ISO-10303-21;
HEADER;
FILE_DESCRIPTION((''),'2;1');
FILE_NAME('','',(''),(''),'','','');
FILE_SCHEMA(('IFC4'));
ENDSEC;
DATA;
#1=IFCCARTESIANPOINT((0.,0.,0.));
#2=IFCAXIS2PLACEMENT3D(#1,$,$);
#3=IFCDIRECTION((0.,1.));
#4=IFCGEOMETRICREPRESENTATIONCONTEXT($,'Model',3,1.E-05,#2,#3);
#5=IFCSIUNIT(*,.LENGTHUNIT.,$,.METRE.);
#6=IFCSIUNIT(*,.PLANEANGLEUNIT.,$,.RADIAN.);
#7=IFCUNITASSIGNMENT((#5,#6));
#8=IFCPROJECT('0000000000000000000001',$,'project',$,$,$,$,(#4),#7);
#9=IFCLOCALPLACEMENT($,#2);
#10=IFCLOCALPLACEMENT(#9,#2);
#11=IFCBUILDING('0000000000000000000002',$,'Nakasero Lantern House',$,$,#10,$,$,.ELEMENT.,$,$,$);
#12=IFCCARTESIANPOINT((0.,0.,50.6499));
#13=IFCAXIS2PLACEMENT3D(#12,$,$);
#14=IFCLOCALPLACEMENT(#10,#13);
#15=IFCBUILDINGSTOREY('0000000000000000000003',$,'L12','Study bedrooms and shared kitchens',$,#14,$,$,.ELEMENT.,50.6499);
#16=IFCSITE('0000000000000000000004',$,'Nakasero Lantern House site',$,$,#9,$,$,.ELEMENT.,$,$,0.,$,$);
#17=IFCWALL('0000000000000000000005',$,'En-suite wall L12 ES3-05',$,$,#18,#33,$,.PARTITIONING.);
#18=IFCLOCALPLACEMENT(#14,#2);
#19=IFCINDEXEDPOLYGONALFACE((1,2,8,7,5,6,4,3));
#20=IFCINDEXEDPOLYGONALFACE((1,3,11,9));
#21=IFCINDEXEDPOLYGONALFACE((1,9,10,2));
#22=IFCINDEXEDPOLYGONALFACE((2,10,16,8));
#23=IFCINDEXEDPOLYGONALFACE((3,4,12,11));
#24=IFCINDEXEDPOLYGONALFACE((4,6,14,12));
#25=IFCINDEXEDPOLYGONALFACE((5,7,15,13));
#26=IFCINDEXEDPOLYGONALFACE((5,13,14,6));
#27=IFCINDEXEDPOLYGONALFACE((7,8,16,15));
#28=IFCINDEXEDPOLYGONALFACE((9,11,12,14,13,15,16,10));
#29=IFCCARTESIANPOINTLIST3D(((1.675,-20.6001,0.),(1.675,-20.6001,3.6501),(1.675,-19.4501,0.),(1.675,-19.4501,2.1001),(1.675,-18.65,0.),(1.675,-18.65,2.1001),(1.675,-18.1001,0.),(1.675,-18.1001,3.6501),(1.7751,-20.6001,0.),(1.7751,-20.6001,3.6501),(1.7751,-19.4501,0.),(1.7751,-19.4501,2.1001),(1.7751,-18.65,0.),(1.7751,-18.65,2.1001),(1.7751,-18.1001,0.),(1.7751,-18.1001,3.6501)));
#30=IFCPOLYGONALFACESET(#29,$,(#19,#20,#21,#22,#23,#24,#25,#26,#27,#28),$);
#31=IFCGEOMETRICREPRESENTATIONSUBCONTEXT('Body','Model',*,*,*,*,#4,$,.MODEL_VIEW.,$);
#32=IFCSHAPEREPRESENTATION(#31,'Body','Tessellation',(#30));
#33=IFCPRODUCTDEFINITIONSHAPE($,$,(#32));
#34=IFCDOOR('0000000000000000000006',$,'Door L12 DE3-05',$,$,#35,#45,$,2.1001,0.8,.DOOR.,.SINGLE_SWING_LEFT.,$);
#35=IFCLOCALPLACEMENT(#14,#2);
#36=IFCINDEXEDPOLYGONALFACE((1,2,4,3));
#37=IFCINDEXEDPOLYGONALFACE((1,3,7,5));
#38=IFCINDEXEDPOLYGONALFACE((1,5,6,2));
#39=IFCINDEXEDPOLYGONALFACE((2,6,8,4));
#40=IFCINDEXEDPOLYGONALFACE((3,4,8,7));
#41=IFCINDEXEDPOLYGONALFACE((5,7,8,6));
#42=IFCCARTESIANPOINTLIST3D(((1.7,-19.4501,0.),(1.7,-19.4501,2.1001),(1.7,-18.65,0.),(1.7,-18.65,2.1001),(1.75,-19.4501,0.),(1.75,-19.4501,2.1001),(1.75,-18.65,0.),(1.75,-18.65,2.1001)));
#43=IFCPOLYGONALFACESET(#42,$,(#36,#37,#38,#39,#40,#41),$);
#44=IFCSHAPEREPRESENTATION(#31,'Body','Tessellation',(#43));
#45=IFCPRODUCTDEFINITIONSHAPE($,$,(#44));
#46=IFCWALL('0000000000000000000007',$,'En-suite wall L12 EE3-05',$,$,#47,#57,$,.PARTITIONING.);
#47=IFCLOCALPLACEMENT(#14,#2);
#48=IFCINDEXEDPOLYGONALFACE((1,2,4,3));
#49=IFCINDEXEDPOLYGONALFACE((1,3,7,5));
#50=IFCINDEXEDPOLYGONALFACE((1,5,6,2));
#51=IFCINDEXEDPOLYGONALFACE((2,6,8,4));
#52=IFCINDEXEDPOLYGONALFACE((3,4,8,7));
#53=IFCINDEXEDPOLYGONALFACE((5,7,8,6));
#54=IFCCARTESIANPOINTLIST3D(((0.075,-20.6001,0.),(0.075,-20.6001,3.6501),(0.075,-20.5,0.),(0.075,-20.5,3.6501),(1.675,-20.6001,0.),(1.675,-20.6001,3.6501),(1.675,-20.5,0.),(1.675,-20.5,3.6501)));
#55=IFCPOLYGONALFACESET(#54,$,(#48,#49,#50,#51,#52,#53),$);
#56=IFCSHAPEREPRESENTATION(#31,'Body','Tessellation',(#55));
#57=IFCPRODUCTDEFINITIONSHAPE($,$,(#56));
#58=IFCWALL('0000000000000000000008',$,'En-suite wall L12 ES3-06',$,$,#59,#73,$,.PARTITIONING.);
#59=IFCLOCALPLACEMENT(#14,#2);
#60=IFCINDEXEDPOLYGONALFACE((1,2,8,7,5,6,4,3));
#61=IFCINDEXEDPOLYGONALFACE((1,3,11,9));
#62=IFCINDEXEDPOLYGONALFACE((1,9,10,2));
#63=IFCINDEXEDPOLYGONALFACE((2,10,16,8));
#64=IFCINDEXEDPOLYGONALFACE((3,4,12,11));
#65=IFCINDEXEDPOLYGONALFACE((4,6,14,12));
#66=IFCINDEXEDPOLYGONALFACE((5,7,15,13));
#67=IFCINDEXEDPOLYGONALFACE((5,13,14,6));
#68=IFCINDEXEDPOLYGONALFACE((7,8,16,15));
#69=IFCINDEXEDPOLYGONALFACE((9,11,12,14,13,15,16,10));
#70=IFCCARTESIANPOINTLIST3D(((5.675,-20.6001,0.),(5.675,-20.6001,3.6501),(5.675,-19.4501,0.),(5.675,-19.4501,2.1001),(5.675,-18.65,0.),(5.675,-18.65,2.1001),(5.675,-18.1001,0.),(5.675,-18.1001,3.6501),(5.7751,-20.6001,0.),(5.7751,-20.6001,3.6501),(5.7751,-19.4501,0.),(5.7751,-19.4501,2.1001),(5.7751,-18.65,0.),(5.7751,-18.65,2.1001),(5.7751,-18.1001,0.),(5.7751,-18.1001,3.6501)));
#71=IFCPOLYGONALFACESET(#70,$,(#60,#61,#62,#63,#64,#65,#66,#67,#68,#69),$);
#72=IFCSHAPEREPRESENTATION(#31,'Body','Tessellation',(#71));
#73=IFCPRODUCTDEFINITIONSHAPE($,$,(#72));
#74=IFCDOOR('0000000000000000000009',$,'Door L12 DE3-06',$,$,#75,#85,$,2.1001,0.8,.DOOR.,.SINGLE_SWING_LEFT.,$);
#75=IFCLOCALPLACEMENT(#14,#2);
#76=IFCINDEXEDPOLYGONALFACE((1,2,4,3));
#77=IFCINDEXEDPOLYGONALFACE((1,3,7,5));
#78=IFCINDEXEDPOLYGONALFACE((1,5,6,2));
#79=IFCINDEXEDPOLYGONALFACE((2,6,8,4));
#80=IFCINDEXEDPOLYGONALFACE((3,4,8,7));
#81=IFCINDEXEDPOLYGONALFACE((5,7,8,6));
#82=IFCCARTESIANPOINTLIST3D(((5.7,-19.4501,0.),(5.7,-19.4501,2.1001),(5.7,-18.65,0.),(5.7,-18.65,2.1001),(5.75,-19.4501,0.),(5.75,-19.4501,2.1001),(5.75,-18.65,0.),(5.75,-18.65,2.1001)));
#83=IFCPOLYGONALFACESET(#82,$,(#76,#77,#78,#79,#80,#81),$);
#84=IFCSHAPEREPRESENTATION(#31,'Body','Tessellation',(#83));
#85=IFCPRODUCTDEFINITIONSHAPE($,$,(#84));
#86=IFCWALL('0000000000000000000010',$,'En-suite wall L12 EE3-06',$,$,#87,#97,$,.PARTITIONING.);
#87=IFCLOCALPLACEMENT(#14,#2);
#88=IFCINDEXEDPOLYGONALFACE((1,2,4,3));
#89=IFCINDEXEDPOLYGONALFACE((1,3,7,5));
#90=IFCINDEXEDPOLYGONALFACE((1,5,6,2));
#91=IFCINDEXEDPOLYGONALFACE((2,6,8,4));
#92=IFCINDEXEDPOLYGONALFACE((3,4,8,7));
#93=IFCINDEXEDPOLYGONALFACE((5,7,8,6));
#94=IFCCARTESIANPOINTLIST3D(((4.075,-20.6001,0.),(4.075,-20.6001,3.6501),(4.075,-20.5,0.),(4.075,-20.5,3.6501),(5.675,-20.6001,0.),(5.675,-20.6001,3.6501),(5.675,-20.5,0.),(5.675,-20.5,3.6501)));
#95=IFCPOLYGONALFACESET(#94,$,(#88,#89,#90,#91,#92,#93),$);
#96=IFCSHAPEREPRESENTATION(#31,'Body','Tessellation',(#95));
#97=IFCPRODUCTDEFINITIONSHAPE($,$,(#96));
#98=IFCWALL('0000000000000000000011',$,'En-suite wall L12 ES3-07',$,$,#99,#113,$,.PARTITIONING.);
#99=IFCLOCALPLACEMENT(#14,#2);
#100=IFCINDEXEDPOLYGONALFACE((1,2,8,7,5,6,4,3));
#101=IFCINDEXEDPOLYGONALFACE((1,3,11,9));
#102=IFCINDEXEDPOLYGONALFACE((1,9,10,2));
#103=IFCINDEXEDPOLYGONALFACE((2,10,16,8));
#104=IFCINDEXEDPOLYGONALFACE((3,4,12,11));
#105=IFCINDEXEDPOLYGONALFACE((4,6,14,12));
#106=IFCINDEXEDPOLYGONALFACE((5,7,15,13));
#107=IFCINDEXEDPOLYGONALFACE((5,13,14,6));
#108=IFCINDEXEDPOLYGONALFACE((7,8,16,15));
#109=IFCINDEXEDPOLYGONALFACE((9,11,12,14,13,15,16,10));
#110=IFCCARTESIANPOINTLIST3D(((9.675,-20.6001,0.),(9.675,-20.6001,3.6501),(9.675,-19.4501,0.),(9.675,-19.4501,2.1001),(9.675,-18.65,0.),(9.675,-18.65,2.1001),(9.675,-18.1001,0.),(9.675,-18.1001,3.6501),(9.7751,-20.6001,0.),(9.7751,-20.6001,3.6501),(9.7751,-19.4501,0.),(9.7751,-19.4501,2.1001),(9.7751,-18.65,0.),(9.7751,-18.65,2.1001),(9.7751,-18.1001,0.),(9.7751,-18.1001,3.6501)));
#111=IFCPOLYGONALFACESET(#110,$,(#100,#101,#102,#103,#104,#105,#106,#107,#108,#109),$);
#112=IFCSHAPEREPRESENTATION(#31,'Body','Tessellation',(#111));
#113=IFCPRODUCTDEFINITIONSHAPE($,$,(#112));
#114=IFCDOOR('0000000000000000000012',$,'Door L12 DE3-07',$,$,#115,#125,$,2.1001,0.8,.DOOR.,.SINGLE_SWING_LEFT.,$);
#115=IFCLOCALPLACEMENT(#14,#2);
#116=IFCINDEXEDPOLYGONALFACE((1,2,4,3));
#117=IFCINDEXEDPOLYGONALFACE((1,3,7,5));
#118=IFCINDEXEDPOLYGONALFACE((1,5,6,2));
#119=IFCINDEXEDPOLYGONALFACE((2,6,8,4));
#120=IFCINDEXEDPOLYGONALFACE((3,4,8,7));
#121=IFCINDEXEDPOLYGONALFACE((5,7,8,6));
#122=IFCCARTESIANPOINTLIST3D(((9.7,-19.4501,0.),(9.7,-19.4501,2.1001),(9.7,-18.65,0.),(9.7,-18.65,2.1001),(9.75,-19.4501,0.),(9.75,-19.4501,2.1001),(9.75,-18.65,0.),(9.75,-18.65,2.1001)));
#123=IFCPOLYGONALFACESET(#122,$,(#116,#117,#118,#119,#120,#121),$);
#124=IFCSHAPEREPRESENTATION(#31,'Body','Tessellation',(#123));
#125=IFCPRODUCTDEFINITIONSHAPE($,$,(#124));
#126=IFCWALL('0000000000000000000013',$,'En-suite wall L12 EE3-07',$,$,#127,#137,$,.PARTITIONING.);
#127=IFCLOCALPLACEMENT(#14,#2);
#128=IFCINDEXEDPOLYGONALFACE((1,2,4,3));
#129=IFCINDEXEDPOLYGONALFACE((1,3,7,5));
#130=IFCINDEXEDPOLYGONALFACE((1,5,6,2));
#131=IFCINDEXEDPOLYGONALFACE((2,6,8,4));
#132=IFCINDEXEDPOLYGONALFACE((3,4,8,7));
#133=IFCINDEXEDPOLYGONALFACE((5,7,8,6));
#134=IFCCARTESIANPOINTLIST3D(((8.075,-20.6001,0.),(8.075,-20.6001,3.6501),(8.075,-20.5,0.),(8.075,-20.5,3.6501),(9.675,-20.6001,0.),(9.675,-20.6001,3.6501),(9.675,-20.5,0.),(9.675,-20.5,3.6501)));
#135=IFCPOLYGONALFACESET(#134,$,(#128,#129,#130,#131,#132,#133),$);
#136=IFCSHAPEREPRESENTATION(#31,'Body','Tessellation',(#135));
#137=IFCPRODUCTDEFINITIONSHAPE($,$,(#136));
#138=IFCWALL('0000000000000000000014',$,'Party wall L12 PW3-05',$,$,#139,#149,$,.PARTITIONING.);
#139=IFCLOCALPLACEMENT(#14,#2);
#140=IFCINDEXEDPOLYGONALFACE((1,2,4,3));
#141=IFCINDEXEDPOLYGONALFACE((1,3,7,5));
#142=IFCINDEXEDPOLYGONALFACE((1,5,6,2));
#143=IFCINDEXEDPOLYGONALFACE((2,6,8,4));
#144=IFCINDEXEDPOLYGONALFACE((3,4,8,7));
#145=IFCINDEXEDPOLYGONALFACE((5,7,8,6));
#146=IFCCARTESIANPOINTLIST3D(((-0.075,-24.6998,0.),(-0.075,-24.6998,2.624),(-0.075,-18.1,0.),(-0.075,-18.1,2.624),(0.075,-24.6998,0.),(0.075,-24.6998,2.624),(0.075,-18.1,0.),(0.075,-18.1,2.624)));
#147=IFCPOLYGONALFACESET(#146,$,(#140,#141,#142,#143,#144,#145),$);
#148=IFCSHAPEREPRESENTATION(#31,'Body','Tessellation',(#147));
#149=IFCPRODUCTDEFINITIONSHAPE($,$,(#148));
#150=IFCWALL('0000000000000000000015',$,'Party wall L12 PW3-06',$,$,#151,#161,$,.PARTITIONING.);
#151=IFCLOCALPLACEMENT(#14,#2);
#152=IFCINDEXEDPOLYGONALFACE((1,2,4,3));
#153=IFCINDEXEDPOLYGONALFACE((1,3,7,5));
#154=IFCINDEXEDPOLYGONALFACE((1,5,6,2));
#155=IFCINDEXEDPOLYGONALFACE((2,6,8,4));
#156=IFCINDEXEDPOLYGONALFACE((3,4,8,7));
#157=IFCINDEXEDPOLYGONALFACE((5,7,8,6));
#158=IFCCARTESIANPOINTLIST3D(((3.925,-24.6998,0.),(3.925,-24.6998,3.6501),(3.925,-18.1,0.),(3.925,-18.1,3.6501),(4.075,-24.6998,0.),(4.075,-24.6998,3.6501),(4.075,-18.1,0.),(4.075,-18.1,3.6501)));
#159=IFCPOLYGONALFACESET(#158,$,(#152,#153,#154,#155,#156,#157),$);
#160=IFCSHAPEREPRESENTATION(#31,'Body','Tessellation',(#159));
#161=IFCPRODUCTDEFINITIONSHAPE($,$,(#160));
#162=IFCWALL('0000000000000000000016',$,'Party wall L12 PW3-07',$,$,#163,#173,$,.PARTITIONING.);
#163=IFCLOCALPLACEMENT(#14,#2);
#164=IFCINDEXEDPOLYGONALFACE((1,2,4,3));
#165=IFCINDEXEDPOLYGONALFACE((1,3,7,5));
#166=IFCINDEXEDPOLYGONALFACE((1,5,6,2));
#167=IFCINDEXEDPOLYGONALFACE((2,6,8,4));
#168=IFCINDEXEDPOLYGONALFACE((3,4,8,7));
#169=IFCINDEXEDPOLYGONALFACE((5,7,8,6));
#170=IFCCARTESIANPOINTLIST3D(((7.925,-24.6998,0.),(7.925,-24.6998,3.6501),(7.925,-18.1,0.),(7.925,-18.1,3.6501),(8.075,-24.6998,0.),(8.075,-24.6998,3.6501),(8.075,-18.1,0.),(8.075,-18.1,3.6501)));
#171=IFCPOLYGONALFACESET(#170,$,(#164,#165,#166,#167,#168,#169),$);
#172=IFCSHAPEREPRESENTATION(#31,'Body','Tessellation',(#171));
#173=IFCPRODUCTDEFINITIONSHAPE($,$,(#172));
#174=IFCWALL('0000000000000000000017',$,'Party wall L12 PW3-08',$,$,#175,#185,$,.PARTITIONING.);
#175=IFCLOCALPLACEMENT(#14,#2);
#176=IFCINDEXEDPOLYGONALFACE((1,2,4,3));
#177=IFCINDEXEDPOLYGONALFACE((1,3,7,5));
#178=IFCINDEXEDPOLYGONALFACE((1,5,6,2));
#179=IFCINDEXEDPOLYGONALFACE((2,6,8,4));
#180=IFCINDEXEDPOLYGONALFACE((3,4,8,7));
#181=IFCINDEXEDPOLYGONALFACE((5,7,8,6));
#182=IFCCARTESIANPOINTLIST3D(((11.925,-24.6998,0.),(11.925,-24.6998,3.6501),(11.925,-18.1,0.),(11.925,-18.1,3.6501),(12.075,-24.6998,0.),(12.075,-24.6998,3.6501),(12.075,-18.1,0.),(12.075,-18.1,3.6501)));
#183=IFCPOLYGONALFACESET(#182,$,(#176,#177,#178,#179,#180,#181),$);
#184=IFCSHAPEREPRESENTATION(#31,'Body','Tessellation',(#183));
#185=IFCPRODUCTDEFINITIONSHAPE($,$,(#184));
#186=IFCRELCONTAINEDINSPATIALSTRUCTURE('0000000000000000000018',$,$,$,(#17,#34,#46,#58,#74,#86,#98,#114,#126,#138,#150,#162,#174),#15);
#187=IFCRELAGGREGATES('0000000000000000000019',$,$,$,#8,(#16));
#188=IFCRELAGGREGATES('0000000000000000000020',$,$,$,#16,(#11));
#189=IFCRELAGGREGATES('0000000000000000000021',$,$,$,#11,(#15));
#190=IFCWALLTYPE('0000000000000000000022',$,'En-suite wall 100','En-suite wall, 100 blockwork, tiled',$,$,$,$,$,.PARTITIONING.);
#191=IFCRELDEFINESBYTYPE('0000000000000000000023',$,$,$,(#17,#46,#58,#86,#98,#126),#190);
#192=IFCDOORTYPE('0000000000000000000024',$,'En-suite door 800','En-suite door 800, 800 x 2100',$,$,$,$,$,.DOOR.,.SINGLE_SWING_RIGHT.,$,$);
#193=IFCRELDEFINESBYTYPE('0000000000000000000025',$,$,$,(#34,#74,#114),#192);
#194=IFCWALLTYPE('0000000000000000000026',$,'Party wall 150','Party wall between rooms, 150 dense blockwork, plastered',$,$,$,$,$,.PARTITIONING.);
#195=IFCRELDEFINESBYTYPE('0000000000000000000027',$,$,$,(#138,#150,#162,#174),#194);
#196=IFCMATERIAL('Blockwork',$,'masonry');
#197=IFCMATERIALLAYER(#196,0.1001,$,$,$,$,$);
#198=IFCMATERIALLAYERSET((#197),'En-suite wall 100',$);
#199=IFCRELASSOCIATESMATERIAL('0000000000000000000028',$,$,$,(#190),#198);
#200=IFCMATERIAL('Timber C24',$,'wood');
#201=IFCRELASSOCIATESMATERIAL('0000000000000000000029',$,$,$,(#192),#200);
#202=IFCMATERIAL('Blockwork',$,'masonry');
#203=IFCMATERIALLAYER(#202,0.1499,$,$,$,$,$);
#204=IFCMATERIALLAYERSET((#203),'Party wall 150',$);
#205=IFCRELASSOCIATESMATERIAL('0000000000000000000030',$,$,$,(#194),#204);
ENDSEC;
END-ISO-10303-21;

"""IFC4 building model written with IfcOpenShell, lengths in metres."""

from ifc_helpers import new_model, si_unit, direction, frame, frame_2d, origin, place, context, subcontext, project, spatial, rectangle, extrude, material, layer, layer_set, type_object, element, fill, save


model = new_model("IFC4")

# Units and contexts
model_context = context("Model", 3, precision=1e-05, world=origin(), true_north=direction((0.0, 1.0)))
body_context = subcontext(model_context, "Body", "Model", "MODEL_VIEW")
ifc_project = project(units=[si_unit("LENGTHUNIT", "METRE"), si_unit("PLANEANGLEUNIT", "RADIAN")], contexts=[model_context])

# Site, building, storey
site_placement = place(None, origin())
site = spatial("IfcSite", under=ifc_project, at=site_placement, Name="Nakasero Lantern House site", CompositionType="ELEMENT", RefElevation=0.0)
building_placement = place(site_placement, origin())
building = spatial("IfcBuilding", under=site, at=building_placement, Name="Nakasero Lantern House", CompositionType="ELEMENT")
storey_placement = place(building_placement, frame((0.0, 0.0, 50.6499)))
storey = spatial("IfcBuildingStorey", under=building, at=storey_placement, Name="L12", Description="Study bedrooms and shared kitchens", CompositionType="ELEMENT", Elevation=50.6499)

# Wall, opening, door
ifc_material_1 = material(Name="Blockwork", Category="masonry")
ifc_layer_1 = layer(ifc_material_1, 0.1001)
ifc_layer_set_1 = layer_set([ifc_layer_1], Name="En-suite wall 100")
wall_type_1 = type_object("IfcWallType", Name="En-suite wall 100", Description="En-suite wall, 100 blockwork, tiled", PredefinedType="PARTITIONING", material=ifc_layer_set_1)
wall_1_placement = place(storey_placement, frame((1.7251, -18.1001, 0.0), z_axis=(0.0, 0.0, 1.0), x_axis=(0.0, -1.0, 0.0)))
wall_1 = element("IfcWall", 1, at=wall_1_placement, inside=storey, type_object=wall_type_1, Name="En-suite wall L12 ES3-05", PredefinedType="PARTITIONING", context=body_context, shape_type="SweptSolid", body=[
    extrude(rectangle(XDim=2.5, YDim=0.1001, at=frame_2d((1.25, 0.0))), origin(), (0.0, 0.0, 1.0), 3.6501),
])
opening_1_placement = place(wall_1_placement, frame((0.55, 0.0, 0.0)))
opening_1 = element("IfcOpeningElement", 2, at=opening_1_placement, cuts=wall_1, PredefinedType="OPENING", context=body_context, shape_type="SweptSolid", body=[
    extrude(rectangle(XDim=0.8, YDim=2.1001, at=frame_2d((0.3999, 1.05))), frame((0.0, 0.0701, 0.0), z_axis=(0.0, -1.0, 0.0), x_axis=(1.0, 0.0, 0.0)), (0.0, 0.0, 1.0), 0.1401),
])
ifc_material_2 = material(Name="Timber C24", Category="wood")
door_type = type_object("IfcDoorType", Name="En-suite door 800", Description="En-suite door 800, 800 x 2100", OperationType="SINGLE_SWING_RIGHT", PredefinedType="DOOR", material=ifc_material_2)
door_1_placement = place(opening_1_placement, origin())
door_1 = element("IfcDoor", 3, at=door_1_placement, inside=storey, type_object=door_type, Name="Door L12 DE3-05", OperationType="SINGLE_SWING_LEFT", OverallHeight=2.1001, OverallWidth=0.8, PredefinedType="DOOR", context=body_context, shape_type="SweptSolid", body=[
    extrude(rectangle(XDim=0.8, YDim=2.1001, at=frame_2d((0.3999, 1.05))), frame((0.0, 0.0249, 0.0), z_axis=(0.0, -1.0, 0.0), x_axis=(1.0, 0.0, 0.0)), (0.0, 0.0, 1.0), 0.05),
])
fill(opening_1, door_1)

# Wall
wall_2_placement = place(storey_placement, frame((0.075, -20.55, 0.0), z_axis=(0.0, 0.0, 1.0), x_axis=(1.0, 0.0, 0.0)))
element("IfcWall", 4, at=wall_2_placement, inside=storey, type_object=wall_type_1, Name="En-suite wall L12 EE3-05", PredefinedType="PARTITIONING", context=body_context, shape_type="SweptSolid", body=[
    extrude(rectangle(XDim=1.6001, YDim=0.1001, at=frame_2d((0.8, 0.0))), origin(), (0.0, 0.0, 1.0), 3.6501),
])

# Wall, opening, door
wall_3_placement = place(storey_placement, frame((5.7251, -18.1001, 0.0), z_axis=(0.0, 0.0, 1.0), x_axis=(0.0, -1.0, 0.0)))
wall_3 = element("IfcWall", 5, at=wall_3_placement, inside=storey, type_object=wall_type_1, Name="En-suite wall L12 ES3-06", PredefinedType="PARTITIONING", context=body_context, shape_type="SweptSolid", body=[
    extrude(rectangle(XDim=2.5, YDim=0.1001, at=frame_2d((1.25, 0.0))), origin(), (0.0, 0.0, 1.0), 3.6501),
])
opening_2_placement = place(wall_3_placement, frame((0.55, 0.0, 0.0)))
opening_2 = element("IfcOpeningElement", 6, at=opening_2_placement, cuts=wall_3, PredefinedType="OPENING", context=body_context, shape_type="SweptSolid", body=[
    extrude(rectangle(XDim=0.8, YDim=2.1001, at=frame_2d((0.3999, 1.05))), frame((0.0, 0.0701, 0.0), z_axis=(0.0, -1.0, 0.0), x_axis=(1.0, 0.0, 0.0)), (0.0, 0.0, 1.0), 0.1401),
])
door_2_placement = place(opening_2_placement, origin())
door_2 = element("IfcDoor", 7, at=door_2_placement, inside=storey, type_object=door_type, Name="Door L12 DE3-06", OperationType="SINGLE_SWING_LEFT", OverallHeight=2.1001, OverallWidth=0.8, PredefinedType="DOOR", context=body_context, shape_type="SweptSolid", body=[
    extrude(rectangle(XDim=0.8, YDim=2.1001, at=frame_2d((0.3999, 1.05))), frame((0.0, 0.0249, 0.0), z_axis=(0.0, -1.0, 0.0), x_axis=(1.0, 0.0, 0.0)), (0.0, 0.0, 1.0), 0.05),
])
fill(opening_2, door_2)

# Wall
wall_4_placement = place(storey_placement, frame((4.075, -20.55, 0.0), z_axis=(0.0, 0.0, 1.0), x_axis=(1.0, 0.0, 0.0)))
element("IfcWall", 8, at=wall_4_placement, inside=storey, type_object=wall_type_1, Name="En-suite wall L12 EE3-06", PredefinedType="PARTITIONING", context=body_context, shape_type="SweptSolid", body=[
    extrude(rectangle(XDim=1.6001, YDim=0.1001, at=frame_2d((0.8, 0.0))), origin(), (0.0, 0.0, 1.0), 3.6501),
])

# Wall, opening, door
wall_5_placement = place(storey_placement, frame((9.7251, -18.1001, 0.0), z_axis=(0.0, 0.0, 1.0), x_axis=(0.0, -1.0, 0.0)))
wall_5 = element("IfcWall", 9, at=wall_5_placement, inside=storey, type_object=wall_type_1, Name="En-suite wall L12 ES3-07", PredefinedType="PARTITIONING", context=body_context, shape_type="SweptSolid", body=[
    extrude(rectangle(XDim=2.5, YDim=0.1001, at=frame_2d((1.25, 0.0))), origin(), (0.0, 0.0, 1.0), 3.6501),
])
opening_3_placement = place(wall_5_placement, frame((0.55, 0.0, 0.0)))
opening_3 = element("IfcOpeningElement", 10, at=opening_3_placement, cuts=wall_5, PredefinedType="OPENING", context=body_context, shape_type="SweptSolid", body=[
    extrude(rectangle(XDim=0.8, YDim=2.1001, at=frame_2d((0.3999, 1.05))), frame((0.0, 0.0701, 0.0), z_axis=(0.0, -1.0, 0.0), x_axis=(1.0, 0.0, 0.0)), (0.0, 0.0, 1.0), 0.1401),
])
door_3_placement = place(opening_3_placement, origin())
door_3 = element("IfcDoor", 11, at=door_3_placement, inside=storey, type_object=door_type, Name="Door L12 DE3-07", OperationType="SINGLE_SWING_LEFT", OverallHeight=2.1001, OverallWidth=0.8, PredefinedType="DOOR", context=body_context, shape_type="SweptSolid", body=[
    extrude(rectangle(XDim=0.8, YDim=2.1001, at=frame_2d((0.3999, 1.05))), frame((0.0, 0.0249, 0.0), z_axis=(0.0, -1.0, 0.0), x_axis=(1.0, 0.0, 0.0)), (0.0, 0.0, 1.0), 0.05),
])
fill(opening_3, door_3)

# Walls
wall_6_placement = place(storey_placement, frame((8.075, -20.55, 0.0), z_axis=(0.0, 0.0, 1.0), x_axis=(1.0, 0.0, 0.0)))
element("IfcWall", 12, at=wall_6_placement, inside=storey, type_object=wall_type_1, Name="En-suite wall L12 EE3-07", PredefinedType="PARTITIONING", context=body_context, shape_type="SweptSolid", body=[
    extrude(rectangle(XDim=1.6001, YDim=0.1001, at=frame_2d((0.8, 0.0))), origin(), (0.0, 0.0, 1.0), 3.6501),
])
ifc_material_3 = material(Name="Blockwork", Category="masonry")
ifc_layer_2 = layer(ifc_material_3, 0.1499)
ifc_layer_set_2 = layer_set([ifc_layer_2], Name="Party wall 150")
wall_type_2 = type_object("IfcWallType", Name="Party wall 150", Description="Party wall between rooms, 150 dense blockwork, plastered", PredefinedType="PARTITIONING", material=ifc_layer_set_2)
wall_7_placement = place(storey_placement, frame((0.0, -18.1001, 0.0), z_axis=(0.0, 0.0, 1.0), x_axis=(0.0, -1.0, 0.0)))
element("IfcWall", 13, at=wall_7_placement, inside=storey, type_object=wall_type_2, Name="Party wall L12 PW3-05", PredefinedType="PARTITIONING", context=body_context, shape_type="SweptSolid", body=[
    extrude(rectangle(XDim=6.5999, YDim=0.1499, at=frame_2d((3.2998, 0.0))), origin(), (0.0, 0.0, 1.0), 2.624),
])
for number, where, z_axis, x_axis, name in (
    (14, (4.0, -18.1001, 0.0), (0.0, 0.0, 1.0), (0.0, -1.0, 0.0), "Party wall L12 PW3-06"),
    (15, (8.0, -18.1001, 0.0), (0.0, 0.0, 1.0), (0.0, -1.0, 0.0), "Party wall L12 PW3-07"),
    (16, (12.0, -18.1001, 0.0), (0.0, 0.0, 1.0), (0.0, -1.0, 0.0), "Party wall L12 PW3-08"),
):
    element("IfcWall", number, at=place(storey_placement, frame(where, z_axis=z_axis, x_axis=x_axis)), inside=storey, type_object=wall_type_2, Name=name, PredefinedType="PARTITIONING", context=body_context, shape_type="SweptSolid", body=[
        extrude(rectangle(XDim=6.5999, YDim=0.1499, at=frame_2d((3.2998, 0.0))), origin(), (0.0, 0.0, 1.0), 3.6501),
    ])

save(model, "model.ifc")
